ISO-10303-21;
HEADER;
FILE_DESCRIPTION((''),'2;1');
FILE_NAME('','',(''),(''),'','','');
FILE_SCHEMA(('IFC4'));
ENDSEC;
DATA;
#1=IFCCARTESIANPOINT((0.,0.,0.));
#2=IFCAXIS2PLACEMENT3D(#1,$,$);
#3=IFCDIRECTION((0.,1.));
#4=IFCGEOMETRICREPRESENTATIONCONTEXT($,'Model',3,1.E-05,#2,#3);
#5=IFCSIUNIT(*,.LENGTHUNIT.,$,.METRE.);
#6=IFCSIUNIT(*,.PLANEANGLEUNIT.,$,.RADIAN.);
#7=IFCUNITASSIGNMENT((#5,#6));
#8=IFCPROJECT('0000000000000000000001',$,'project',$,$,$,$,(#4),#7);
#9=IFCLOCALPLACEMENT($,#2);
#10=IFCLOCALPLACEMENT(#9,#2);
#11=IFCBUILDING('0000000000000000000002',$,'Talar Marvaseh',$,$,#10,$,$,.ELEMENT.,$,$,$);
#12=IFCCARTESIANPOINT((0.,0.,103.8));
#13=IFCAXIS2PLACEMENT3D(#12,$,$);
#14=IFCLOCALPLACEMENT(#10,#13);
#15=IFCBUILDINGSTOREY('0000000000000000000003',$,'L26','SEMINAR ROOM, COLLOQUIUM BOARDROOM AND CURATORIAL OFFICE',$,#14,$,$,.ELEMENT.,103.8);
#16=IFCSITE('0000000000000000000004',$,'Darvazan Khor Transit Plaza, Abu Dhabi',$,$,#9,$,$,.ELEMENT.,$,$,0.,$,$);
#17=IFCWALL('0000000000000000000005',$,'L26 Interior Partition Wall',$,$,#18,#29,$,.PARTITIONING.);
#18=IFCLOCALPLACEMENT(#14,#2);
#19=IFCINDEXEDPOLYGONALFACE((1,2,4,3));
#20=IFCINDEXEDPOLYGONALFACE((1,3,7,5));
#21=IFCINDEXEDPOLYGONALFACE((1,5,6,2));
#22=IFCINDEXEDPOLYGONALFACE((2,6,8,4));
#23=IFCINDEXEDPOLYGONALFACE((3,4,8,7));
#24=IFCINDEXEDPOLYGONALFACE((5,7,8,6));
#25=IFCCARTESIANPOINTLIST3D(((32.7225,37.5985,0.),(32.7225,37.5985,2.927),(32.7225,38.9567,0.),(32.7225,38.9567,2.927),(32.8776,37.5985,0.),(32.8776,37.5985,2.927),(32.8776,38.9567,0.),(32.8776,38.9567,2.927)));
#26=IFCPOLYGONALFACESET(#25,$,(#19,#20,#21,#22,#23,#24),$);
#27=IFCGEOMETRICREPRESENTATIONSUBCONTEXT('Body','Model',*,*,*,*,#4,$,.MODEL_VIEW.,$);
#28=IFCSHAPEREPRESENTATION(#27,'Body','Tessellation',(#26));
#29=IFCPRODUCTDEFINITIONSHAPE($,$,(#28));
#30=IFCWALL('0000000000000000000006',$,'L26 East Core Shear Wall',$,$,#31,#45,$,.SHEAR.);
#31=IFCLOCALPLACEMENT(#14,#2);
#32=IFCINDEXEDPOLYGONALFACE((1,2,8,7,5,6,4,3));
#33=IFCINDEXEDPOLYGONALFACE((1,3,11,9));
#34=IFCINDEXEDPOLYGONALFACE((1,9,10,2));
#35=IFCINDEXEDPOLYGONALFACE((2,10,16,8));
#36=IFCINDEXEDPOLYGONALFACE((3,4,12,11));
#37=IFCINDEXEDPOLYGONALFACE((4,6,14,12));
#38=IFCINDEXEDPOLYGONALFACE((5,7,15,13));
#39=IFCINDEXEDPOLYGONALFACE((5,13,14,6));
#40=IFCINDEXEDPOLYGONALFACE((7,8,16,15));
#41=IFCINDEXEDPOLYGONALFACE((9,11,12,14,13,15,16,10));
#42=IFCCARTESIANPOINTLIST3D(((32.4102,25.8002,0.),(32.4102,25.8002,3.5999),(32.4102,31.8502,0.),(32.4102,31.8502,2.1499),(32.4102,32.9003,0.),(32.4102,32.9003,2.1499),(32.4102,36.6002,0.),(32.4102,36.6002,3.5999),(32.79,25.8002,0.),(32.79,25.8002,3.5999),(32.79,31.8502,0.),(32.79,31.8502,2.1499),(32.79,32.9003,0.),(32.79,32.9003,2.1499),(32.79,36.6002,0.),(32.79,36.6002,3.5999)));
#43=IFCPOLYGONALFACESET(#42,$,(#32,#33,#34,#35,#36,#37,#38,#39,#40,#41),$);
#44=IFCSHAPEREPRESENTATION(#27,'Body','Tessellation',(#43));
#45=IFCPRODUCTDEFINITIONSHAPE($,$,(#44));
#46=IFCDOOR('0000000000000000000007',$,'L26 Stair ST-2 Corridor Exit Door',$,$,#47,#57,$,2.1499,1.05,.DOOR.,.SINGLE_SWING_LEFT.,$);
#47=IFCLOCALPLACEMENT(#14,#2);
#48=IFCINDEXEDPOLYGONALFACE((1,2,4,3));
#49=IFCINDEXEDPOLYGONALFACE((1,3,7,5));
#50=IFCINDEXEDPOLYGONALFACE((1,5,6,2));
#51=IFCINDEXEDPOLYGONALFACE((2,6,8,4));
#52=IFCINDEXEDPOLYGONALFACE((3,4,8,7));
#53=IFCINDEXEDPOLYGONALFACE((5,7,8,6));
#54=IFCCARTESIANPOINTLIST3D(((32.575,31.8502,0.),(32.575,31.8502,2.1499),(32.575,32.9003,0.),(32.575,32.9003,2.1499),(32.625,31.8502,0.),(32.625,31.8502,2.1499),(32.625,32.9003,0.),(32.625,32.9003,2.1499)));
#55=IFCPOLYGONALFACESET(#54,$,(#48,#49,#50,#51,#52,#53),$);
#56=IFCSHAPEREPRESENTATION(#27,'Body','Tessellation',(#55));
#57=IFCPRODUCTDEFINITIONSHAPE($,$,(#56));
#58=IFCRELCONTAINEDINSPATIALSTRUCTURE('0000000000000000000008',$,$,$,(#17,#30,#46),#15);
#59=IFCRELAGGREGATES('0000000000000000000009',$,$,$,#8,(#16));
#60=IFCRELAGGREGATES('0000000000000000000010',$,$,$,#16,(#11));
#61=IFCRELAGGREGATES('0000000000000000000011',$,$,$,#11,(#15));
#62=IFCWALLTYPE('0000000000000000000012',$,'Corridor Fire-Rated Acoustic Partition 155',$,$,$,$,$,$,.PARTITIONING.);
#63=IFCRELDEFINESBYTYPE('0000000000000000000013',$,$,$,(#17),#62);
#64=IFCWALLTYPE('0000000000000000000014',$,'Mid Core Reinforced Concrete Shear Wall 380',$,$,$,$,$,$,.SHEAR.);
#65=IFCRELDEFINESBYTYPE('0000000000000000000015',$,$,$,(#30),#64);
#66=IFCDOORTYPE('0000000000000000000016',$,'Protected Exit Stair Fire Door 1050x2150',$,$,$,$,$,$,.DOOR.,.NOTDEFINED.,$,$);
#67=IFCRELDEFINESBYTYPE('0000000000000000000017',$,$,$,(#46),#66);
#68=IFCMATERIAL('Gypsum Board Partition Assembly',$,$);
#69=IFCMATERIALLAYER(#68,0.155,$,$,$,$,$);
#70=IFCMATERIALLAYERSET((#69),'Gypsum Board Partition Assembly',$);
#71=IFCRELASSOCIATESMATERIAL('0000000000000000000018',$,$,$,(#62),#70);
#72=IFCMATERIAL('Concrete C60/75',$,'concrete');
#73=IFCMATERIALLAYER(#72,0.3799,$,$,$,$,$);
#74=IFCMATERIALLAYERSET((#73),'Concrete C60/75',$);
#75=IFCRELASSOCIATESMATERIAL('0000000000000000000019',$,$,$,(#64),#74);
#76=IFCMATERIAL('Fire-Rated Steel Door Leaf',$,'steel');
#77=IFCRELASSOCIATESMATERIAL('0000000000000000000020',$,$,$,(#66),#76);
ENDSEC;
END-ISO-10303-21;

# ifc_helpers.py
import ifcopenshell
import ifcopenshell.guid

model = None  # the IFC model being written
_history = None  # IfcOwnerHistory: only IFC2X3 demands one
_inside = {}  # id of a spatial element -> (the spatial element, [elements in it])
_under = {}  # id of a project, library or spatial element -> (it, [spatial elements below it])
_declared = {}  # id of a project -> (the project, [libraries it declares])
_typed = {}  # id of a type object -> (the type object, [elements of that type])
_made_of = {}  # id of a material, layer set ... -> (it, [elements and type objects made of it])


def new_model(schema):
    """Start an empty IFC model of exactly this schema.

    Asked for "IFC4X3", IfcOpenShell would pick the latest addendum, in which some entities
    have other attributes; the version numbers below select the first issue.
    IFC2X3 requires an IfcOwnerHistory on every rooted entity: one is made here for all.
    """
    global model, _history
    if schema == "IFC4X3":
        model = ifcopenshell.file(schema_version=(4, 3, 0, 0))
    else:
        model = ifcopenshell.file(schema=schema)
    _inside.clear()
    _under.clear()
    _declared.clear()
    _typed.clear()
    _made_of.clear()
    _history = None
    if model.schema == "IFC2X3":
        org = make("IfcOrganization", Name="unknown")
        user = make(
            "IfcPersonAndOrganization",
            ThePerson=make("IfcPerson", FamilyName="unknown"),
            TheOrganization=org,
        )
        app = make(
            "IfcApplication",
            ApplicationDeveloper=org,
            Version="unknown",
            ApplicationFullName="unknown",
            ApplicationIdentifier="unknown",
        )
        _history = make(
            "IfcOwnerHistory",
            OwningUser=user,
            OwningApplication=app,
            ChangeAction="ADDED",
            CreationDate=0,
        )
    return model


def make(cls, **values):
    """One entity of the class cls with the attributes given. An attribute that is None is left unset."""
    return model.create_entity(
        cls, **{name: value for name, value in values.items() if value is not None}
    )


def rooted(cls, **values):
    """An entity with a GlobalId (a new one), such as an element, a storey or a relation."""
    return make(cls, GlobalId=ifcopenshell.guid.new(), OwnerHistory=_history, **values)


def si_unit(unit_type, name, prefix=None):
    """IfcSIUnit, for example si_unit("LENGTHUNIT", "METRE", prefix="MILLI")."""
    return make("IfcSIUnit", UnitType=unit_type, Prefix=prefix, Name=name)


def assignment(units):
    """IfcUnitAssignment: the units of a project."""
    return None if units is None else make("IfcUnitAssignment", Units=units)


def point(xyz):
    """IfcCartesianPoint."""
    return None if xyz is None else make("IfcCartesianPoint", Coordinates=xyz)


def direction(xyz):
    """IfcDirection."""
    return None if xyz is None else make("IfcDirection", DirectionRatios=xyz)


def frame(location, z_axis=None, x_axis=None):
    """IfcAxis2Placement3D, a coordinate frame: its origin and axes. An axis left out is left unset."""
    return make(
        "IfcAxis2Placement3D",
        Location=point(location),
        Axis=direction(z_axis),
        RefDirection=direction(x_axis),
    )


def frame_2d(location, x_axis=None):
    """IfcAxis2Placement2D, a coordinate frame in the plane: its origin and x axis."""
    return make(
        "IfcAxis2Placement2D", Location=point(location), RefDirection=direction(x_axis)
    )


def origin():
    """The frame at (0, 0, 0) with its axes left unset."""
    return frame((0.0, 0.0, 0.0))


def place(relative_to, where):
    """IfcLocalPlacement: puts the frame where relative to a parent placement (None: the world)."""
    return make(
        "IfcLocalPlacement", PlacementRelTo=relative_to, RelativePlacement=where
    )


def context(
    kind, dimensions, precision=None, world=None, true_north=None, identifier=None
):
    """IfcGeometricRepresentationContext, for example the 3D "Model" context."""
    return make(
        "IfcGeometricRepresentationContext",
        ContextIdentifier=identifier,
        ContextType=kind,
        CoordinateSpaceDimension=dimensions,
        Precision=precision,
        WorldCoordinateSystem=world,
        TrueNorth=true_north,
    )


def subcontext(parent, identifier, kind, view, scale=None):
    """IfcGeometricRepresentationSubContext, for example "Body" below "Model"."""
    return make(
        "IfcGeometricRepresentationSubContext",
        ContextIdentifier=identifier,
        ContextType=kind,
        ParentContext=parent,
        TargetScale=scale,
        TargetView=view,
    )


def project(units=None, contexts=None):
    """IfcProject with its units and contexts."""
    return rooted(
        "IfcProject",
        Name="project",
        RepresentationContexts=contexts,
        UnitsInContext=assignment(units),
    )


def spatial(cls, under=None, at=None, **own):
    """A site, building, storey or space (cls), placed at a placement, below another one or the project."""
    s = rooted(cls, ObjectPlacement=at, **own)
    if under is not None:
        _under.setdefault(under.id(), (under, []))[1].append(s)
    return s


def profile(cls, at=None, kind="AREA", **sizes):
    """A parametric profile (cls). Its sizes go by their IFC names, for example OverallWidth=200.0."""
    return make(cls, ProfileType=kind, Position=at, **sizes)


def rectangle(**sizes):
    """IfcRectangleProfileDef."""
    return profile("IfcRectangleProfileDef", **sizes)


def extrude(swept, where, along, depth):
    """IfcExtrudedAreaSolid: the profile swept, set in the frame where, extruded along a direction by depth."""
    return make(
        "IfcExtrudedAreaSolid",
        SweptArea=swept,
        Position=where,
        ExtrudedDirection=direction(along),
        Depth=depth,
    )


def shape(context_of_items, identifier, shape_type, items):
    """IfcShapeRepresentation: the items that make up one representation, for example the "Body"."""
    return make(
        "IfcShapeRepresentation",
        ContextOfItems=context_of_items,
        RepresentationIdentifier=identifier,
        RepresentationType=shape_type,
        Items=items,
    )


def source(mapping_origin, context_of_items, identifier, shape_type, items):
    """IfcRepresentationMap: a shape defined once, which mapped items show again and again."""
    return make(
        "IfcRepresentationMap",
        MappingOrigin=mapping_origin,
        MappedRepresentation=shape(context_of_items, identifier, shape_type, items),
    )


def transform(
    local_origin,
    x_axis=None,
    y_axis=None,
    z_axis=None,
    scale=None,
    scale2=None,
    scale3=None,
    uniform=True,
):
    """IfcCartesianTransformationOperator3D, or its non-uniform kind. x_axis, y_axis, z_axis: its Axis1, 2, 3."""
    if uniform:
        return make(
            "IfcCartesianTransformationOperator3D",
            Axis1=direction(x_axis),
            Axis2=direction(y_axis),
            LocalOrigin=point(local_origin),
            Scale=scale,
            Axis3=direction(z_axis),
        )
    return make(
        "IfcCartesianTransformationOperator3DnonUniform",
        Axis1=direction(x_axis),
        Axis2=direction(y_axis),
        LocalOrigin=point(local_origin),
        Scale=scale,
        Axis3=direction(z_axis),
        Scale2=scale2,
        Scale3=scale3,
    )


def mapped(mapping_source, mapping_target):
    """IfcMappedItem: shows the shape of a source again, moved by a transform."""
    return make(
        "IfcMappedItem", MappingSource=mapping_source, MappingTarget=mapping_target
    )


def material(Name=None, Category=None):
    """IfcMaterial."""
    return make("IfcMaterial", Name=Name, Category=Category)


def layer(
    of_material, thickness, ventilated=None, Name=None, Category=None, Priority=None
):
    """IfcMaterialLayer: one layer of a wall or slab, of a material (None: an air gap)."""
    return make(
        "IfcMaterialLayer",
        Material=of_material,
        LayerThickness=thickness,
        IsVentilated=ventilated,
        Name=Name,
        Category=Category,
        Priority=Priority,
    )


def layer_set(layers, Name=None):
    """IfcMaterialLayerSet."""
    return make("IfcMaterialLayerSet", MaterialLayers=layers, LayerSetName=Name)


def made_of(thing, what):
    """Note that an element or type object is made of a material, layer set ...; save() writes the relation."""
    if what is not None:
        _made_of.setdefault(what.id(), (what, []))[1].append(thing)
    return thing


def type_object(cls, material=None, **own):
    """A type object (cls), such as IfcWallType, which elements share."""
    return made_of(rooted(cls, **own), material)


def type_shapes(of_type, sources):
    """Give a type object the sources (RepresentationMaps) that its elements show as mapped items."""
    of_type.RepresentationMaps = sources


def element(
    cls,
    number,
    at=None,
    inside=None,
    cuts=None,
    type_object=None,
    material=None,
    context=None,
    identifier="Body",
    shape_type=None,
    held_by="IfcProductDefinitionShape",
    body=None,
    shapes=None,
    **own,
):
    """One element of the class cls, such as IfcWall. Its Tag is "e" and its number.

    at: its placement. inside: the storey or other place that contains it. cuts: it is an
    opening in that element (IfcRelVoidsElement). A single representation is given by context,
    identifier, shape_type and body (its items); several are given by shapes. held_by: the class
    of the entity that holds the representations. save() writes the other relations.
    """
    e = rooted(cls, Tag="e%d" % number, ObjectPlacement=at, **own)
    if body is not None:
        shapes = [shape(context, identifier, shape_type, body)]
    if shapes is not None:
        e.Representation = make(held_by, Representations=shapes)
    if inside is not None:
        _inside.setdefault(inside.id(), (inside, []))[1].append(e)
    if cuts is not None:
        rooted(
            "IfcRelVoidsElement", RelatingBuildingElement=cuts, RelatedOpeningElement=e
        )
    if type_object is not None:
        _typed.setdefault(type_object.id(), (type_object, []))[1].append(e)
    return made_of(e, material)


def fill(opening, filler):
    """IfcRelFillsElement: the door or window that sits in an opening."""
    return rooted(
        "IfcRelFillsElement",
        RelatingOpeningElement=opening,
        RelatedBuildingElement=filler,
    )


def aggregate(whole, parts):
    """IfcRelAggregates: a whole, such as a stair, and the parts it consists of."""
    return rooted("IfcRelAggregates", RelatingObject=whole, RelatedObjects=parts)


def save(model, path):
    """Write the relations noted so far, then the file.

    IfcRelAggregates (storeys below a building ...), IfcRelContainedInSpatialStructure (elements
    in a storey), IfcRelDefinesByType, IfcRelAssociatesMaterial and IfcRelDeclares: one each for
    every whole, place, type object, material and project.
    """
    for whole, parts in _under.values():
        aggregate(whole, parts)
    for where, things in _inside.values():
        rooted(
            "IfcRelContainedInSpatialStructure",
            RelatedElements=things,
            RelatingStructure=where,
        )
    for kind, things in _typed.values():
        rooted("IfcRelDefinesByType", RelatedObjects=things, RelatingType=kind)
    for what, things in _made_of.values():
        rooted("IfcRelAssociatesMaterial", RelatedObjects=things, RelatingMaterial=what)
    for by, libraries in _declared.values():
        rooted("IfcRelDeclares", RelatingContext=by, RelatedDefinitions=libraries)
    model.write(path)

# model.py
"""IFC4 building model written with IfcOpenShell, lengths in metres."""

from ifc_helpers import new_model, si_unit, direction, frame, frame_2d, origin, place, context, subcontext, project, spatial, rectangle, extrude, source, transform, mapped, material, layer, layer_set, type_object, type_shapes, element, fill, save


model = new_model("IFC4")

# Units and contexts
model_context = context("Model", 3, precision=1e-05, world=origin(), true_north=direction((0.0, 1.0)))
body_context = subcontext(model_context, "Body", "Model", "MODEL_VIEW")
ifc_project = project(units=[si_unit("LENGTHUNIT", "METRE"), si_unit("PLANEANGLEUNIT", "RADIAN")], contexts=[model_context])

# Site, building, storey
site_placement = place(None, origin())
site = spatial("IfcSite", under=ifc_project, at=site_placement, Name="Darvazan Khor Transit Plaza, Abu Dhabi", CompositionType="ELEMENT", RefElevation=0.0)
building_placement = place(site_placement, origin())
building = spatial("IfcBuilding", under=site, at=building_placement, Name="Talar Marvaseh", CompositionType="ELEMENT")
storey_placement = place(building_placement, frame((0.0, 0.0, 103.8)))
storey = spatial("IfcBuildingStorey", under=building, at=storey_placement, Name="L26", Description="SEMINAR ROOM, COLLOQUIUM BOARDROOM AND CURATORIAL OFFICE", CompositionType="ELEMENT", Elevation=103.8)

# Shared definitions
ifc_material_1 = material(Name="Concrete C60/75", Category="concrete")

# Shared definitions
ifc_material_2 = material(Name="Gypsum Board Partition Assembly")
ifc_layer_1 = layer(ifc_material_2, 0.155)
ifc_layer_set_1 = layer_set([ifc_layer_1], Name="Gypsum Board Partition Assembly")
wall_type_1 = type_object("IfcWallType", Name="Corridor Fire-Rated Acoustic Partition 155", PredefinedType="PARTITIONING", material=ifc_layer_set_1)

# Wall
wall_1_placement = place(storey_placement, frame((32.8, 37.5984, 0.0), z_axis=(0.0, 0.0, 1.0), x_axis=(0.0, 1.0, 0.0)))
element("IfcWall", 1, at=wall_1_placement, inside=storey, type_object=wall_type_1, Name="L26 Interior Partition Wall", PredefinedType="PARTITIONING", context=body_context, shape_type="SweptSolid", body=[
    extrude(rectangle(XDim=1.3582, YDim=0.155, at=frame_2d((0.6792, 0.0))), origin(), (0.0, 0.0, 1.0), 2.927),
])

# Wall, opening, door
ifc_layer_2 = layer(ifc_material_1, 0.3799)
ifc_layer_set_2 = layer_set([ifc_layer_2], Name="Concrete C60/75")
wall_type_2 = type_object("IfcWallType", Name="Mid Core Reinforced Concrete Shear Wall 380", PredefinedType="SHEAR", material=ifc_layer_set_2)
wall_2_placement = place(storey_placement, frame((32.6001, 36.6001, 0.0), z_axis=(0.0, 0.0, 1.0), x_axis=(0.0, -1.0, 0.0)))
wall_2 = element("IfcWall", 2, at=wall_2_placement, inside=storey, type_object=wall_type_2, Name="L26 East Core Shear Wall", PredefinedType="SHEAR", context=body_context, shape_type="SweptSolid", body=[
    extrude(rectangle(XDim=10.8, YDim=0.3799, at=frame_2d((5.3999, 0.0))), origin(), (0.0, 0.0, 1.0), 3.5999),
])
opening_1_placement = place(wall_2_placement, frame((3.7, 0.0, 0.0)))
opening_1 = element("IfcOpeningElement", 3, at=opening_1_placement, cuts=wall_2, PredefinedType="OPENING", context=body_context, shape_type="SweptSolid", body=[
    extrude(rectangle(XDim=1.05, YDim=2.1499, at=frame_2d((0.5249, 1.075))), frame((0.0, 0.2, 0.0), z_axis=(0.0, -1.0, 0.0), x_axis=(1.0, 0.0, 0.0)), (0.0, 0.0, 1.0), 0.3999),
])
ifc_material_3 = material(Name="Fire-Rated Steel Door Leaf", Category="steel")
door_type_1 = type_object("IfcDoorType", Name="Protected Exit Stair Fire Door 1050x2150", OperationType="NOTDEFINED", PredefinedType="DOOR", material=ifc_material_3)
shared_shape_1 = source(origin(), body_context, "Body", "SweptSolid", [
    extrude(rectangle(XDim=1.05, YDim=2.1499, at=frame_2d((0.5249, 1.075))), frame((0.0, 0.0249, 0.0), z_axis=(0.0, -1.0, 0.0), x_axis=(1.0, 0.0, 0.0)), (0.0, 0.0, 1.0), 0.05),
])
type_shapes(door_type_1, [shared_shape_1])
door_1_placement = place(opening_1_placement, origin())
door_1 = element("IfcDoor", 4, at=door_1_placement, inside=storey, type_object=door_type_1, Name="L26 Stair ST-2 Corridor Exit Door", OperationType="SINGLE_SWING_LEFT", OverallHeight=2.1499, OverallWidth=1.05, PredefinedType="DOOR", context=body_context, shape_type="MappedRepresentation", body=[
    mapped(shared_shape_1, transform((0.0, 0.0, 0.0), x_axis=(1.0, 0.0, 0.0), y_axis=(0.0, 1.0, 0.0), z_axis=(0.0, 0.0, 1.0), scale=1.0)),
])
fill(opening_1, door_1)

save(model, "model.ifc")
